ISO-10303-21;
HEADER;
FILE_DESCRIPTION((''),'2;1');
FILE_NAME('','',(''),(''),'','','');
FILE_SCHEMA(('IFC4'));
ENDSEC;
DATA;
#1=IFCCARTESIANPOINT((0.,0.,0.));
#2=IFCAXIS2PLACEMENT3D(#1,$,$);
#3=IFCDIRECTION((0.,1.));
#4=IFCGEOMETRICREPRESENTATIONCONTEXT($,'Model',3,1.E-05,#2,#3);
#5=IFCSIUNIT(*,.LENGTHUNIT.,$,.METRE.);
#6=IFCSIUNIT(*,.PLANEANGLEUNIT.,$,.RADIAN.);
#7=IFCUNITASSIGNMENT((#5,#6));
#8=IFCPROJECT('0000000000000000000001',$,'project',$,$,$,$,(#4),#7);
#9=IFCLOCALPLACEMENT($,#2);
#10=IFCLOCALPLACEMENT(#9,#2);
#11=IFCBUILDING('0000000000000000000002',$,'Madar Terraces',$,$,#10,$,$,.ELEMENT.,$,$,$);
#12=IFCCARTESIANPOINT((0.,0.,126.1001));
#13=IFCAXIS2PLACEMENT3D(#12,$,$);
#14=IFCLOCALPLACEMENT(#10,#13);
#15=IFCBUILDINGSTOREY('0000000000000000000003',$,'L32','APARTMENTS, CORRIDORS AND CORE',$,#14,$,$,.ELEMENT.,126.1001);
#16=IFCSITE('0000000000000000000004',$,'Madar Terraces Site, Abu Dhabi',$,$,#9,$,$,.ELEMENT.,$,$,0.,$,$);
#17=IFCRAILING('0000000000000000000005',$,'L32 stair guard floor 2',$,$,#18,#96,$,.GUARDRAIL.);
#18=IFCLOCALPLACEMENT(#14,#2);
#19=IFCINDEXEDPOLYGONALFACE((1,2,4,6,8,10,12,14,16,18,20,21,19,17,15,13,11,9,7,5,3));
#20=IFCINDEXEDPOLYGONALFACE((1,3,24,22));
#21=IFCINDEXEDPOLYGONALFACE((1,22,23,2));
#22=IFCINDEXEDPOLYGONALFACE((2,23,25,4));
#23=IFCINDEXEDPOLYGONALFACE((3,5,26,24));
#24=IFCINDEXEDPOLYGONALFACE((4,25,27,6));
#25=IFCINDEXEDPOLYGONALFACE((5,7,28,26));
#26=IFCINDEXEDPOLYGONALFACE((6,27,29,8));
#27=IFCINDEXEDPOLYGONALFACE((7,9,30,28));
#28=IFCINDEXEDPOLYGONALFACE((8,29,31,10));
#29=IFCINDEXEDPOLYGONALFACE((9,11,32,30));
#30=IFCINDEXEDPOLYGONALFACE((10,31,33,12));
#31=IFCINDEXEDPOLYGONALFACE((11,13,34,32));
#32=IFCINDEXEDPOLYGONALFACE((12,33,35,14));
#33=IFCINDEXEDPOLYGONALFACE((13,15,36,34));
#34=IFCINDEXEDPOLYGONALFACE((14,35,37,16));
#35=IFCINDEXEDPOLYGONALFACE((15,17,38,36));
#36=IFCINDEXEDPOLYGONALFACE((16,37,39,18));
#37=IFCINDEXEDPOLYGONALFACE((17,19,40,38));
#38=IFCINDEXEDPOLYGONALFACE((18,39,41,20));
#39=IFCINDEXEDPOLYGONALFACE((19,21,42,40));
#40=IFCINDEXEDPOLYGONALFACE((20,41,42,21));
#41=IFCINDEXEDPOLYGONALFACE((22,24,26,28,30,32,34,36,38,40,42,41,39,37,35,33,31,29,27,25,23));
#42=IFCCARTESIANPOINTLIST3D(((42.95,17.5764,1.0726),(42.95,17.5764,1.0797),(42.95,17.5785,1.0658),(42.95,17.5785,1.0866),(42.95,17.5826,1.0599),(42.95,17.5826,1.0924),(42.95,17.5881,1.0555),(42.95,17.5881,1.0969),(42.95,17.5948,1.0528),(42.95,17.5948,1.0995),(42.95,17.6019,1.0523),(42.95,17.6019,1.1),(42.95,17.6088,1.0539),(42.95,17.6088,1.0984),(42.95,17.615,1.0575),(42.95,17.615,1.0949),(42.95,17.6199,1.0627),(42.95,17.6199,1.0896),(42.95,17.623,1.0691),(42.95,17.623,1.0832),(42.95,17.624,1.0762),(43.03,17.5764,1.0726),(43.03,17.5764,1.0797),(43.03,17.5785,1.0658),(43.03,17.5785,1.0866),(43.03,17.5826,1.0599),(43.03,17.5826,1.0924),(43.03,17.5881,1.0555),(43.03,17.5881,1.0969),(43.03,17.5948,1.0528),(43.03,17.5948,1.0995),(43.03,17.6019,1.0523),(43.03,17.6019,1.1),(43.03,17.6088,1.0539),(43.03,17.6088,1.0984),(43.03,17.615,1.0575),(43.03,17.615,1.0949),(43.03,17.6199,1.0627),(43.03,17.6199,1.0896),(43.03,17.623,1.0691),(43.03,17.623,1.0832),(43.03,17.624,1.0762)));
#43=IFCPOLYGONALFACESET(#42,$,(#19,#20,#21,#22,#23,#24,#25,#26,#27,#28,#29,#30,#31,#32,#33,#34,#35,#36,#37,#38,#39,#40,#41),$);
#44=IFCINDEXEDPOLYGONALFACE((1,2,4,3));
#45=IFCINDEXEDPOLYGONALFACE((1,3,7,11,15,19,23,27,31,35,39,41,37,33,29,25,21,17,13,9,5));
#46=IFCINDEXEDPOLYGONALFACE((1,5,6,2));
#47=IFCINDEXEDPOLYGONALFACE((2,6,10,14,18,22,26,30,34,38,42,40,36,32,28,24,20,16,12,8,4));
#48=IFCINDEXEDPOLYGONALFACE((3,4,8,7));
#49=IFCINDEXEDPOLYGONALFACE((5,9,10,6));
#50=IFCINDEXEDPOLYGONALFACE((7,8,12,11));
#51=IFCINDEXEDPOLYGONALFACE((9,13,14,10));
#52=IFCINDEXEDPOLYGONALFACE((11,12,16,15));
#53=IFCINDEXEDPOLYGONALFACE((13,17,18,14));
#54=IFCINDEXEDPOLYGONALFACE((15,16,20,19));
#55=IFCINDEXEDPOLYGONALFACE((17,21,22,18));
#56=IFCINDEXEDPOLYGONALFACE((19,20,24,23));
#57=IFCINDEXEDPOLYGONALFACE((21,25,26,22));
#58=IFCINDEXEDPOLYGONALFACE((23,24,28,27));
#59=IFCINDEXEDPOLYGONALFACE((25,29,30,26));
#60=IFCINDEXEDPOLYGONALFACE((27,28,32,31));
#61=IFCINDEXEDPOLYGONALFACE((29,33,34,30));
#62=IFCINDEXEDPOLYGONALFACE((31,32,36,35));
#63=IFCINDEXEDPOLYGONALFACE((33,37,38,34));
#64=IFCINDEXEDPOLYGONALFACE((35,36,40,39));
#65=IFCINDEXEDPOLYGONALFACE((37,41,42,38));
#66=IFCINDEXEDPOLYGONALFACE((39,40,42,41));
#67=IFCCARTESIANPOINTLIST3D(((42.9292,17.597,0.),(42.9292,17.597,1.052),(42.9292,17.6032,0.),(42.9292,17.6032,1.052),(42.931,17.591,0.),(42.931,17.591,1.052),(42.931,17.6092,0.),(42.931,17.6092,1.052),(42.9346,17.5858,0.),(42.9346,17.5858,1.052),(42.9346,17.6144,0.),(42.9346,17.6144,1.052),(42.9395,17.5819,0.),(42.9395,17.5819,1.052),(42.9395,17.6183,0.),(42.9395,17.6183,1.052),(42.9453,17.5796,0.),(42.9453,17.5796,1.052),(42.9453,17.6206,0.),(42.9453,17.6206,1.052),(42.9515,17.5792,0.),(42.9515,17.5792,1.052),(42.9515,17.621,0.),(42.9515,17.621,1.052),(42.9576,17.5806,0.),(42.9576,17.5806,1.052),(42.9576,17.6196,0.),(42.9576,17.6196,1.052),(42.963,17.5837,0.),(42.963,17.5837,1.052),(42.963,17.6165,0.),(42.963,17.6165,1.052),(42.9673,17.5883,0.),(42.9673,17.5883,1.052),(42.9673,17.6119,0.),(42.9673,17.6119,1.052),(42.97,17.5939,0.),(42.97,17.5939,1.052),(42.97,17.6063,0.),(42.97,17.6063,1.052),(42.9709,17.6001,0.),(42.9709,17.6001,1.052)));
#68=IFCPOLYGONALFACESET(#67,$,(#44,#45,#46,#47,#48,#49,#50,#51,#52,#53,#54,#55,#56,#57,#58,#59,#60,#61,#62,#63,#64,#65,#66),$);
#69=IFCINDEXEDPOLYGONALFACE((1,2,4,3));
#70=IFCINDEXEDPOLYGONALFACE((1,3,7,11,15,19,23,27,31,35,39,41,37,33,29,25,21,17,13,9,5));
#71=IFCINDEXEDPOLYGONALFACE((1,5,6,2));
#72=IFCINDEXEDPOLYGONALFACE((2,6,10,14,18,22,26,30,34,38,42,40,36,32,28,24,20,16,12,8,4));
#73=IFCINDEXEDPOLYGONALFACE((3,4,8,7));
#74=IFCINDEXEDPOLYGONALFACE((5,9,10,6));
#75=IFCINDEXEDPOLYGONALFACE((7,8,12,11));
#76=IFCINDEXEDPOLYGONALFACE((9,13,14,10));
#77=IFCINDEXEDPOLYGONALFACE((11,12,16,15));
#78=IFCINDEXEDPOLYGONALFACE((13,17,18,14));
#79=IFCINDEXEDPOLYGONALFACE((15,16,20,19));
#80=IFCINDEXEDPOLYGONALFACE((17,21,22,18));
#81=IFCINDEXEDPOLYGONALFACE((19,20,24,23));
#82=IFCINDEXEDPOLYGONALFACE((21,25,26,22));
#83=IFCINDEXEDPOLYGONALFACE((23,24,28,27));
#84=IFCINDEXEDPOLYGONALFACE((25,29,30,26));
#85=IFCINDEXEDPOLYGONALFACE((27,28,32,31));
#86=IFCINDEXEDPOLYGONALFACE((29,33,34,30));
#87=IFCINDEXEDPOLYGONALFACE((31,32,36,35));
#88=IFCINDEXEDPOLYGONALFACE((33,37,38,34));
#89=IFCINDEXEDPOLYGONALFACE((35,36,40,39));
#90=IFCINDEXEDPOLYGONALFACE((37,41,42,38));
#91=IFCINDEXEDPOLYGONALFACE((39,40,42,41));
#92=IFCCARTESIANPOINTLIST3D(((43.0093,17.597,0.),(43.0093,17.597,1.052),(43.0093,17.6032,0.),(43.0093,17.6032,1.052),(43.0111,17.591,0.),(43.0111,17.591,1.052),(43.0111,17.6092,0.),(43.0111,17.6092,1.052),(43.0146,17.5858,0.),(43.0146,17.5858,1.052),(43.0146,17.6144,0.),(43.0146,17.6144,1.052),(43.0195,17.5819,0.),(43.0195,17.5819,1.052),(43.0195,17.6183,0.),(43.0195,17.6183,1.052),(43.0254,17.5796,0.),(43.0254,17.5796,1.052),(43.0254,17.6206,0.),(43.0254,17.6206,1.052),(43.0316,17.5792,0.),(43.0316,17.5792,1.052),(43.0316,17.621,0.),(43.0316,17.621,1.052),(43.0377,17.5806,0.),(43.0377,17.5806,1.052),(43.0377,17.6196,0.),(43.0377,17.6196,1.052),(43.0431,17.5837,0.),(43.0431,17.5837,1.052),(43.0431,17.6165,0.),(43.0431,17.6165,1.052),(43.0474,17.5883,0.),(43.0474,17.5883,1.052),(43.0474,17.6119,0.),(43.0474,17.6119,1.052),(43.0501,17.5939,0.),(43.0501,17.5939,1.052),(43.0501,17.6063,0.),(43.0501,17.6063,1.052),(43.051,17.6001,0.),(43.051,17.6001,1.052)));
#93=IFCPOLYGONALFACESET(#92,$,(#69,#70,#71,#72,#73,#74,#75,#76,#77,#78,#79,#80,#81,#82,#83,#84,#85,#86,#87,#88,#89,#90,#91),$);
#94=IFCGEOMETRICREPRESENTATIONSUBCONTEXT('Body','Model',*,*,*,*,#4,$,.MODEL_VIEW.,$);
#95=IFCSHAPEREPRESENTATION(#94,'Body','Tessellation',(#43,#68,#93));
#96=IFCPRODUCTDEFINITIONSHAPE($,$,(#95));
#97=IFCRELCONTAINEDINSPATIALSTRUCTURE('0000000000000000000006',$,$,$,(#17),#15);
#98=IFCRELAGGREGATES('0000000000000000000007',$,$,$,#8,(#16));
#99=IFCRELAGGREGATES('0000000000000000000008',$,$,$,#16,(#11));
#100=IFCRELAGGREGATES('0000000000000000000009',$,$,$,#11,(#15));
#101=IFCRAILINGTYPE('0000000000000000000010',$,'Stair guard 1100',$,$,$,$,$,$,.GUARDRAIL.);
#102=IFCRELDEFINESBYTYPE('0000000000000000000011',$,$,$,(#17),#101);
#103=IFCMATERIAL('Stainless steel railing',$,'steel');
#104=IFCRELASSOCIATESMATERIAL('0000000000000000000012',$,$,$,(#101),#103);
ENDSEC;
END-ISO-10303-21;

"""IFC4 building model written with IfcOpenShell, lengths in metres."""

from ifc_helpers import new_model, si_unit, direction, frame, origin, origin_2d, place, context, subcontext, project, spatial, circle, extrude, material, type_object, element, save


model = new_model("IFC4")

# Units and contexts
model_context = context("Model", 3, precision=1e-05, world=origin(), true_north=direction((0.0, 1.0)))
body_context = subcontext(model_context, "Body", "Model", "MODEL_VIEW")
ifc_project = project(units=[si_unit("LENGTHUNIT", "METRE"), si_unit("PLANEANGLEUNIT", "RADIAN")], contexts=[model_context])

# Site, building, storey
site_placement = place(None, origin())
site = spatial("IfcSite", under=ifc_project, at=site_placement, Name="Madar Terraces Site, Abu Dhabi", CompositionType="ELEMENT", RefElevation=0.0)
building_placement = place(site_placement, origin())
building = spatial("IfcBuilding", under=site, at=building_placement, Name="Madar Terraces", CompositionType="ELEMENT")
storey_placement = place(building_placement, frame((0.0, 0.0, 126.1001)))
storey = spatial("IfcBuildingStorey", under=building, at=storey_placement, Name="L32", Description="APARTMENTS, CORRIDORS AND CORE", CompositionType="ELEMENT", Elevation=126.1001)

# Railing
ifc_material_1 = material(Name="Stainless steel railing", Category="steel")
railing_type_1 = type_object("IfcRailingType", Name="Stair guard 1100", PredefinedType="GUARDRAIL", material=ifc_material_1)
railing_1_placement = place(storey_placement, frame((42.95, 17.6001, 0.0)))
element("IfcRailing", 1, at=railing_1_placement, inside=storey, type_object=railing_type_1, Name="L32 stair guard floor 2", PredefinedType="GUARDRAIL", context=body_context, shape_type="SweptSolid", body=[
    extrude(circle(Radius=0.0239, at=origin_2d()), frame((0.0, 0.0, 1.0762), z_axis=(1.0, 0.0, 0.0), x_axis=(0.0, 1.0, 0.0)), (0.0, 0.0, 1.0), 0.0801),
    extrude(circle(Radius=0.021, at=origin_2d()), origin(), (0.0, 0.0, 1.0), 1.052),
    extrude(circle(Radius=0.021, at=origin_2d()), frame((0.0801, 0.0, 0.0)), (0.0, 0.0, 1.0), 1.052),
])

save(model, "model.ifc")
